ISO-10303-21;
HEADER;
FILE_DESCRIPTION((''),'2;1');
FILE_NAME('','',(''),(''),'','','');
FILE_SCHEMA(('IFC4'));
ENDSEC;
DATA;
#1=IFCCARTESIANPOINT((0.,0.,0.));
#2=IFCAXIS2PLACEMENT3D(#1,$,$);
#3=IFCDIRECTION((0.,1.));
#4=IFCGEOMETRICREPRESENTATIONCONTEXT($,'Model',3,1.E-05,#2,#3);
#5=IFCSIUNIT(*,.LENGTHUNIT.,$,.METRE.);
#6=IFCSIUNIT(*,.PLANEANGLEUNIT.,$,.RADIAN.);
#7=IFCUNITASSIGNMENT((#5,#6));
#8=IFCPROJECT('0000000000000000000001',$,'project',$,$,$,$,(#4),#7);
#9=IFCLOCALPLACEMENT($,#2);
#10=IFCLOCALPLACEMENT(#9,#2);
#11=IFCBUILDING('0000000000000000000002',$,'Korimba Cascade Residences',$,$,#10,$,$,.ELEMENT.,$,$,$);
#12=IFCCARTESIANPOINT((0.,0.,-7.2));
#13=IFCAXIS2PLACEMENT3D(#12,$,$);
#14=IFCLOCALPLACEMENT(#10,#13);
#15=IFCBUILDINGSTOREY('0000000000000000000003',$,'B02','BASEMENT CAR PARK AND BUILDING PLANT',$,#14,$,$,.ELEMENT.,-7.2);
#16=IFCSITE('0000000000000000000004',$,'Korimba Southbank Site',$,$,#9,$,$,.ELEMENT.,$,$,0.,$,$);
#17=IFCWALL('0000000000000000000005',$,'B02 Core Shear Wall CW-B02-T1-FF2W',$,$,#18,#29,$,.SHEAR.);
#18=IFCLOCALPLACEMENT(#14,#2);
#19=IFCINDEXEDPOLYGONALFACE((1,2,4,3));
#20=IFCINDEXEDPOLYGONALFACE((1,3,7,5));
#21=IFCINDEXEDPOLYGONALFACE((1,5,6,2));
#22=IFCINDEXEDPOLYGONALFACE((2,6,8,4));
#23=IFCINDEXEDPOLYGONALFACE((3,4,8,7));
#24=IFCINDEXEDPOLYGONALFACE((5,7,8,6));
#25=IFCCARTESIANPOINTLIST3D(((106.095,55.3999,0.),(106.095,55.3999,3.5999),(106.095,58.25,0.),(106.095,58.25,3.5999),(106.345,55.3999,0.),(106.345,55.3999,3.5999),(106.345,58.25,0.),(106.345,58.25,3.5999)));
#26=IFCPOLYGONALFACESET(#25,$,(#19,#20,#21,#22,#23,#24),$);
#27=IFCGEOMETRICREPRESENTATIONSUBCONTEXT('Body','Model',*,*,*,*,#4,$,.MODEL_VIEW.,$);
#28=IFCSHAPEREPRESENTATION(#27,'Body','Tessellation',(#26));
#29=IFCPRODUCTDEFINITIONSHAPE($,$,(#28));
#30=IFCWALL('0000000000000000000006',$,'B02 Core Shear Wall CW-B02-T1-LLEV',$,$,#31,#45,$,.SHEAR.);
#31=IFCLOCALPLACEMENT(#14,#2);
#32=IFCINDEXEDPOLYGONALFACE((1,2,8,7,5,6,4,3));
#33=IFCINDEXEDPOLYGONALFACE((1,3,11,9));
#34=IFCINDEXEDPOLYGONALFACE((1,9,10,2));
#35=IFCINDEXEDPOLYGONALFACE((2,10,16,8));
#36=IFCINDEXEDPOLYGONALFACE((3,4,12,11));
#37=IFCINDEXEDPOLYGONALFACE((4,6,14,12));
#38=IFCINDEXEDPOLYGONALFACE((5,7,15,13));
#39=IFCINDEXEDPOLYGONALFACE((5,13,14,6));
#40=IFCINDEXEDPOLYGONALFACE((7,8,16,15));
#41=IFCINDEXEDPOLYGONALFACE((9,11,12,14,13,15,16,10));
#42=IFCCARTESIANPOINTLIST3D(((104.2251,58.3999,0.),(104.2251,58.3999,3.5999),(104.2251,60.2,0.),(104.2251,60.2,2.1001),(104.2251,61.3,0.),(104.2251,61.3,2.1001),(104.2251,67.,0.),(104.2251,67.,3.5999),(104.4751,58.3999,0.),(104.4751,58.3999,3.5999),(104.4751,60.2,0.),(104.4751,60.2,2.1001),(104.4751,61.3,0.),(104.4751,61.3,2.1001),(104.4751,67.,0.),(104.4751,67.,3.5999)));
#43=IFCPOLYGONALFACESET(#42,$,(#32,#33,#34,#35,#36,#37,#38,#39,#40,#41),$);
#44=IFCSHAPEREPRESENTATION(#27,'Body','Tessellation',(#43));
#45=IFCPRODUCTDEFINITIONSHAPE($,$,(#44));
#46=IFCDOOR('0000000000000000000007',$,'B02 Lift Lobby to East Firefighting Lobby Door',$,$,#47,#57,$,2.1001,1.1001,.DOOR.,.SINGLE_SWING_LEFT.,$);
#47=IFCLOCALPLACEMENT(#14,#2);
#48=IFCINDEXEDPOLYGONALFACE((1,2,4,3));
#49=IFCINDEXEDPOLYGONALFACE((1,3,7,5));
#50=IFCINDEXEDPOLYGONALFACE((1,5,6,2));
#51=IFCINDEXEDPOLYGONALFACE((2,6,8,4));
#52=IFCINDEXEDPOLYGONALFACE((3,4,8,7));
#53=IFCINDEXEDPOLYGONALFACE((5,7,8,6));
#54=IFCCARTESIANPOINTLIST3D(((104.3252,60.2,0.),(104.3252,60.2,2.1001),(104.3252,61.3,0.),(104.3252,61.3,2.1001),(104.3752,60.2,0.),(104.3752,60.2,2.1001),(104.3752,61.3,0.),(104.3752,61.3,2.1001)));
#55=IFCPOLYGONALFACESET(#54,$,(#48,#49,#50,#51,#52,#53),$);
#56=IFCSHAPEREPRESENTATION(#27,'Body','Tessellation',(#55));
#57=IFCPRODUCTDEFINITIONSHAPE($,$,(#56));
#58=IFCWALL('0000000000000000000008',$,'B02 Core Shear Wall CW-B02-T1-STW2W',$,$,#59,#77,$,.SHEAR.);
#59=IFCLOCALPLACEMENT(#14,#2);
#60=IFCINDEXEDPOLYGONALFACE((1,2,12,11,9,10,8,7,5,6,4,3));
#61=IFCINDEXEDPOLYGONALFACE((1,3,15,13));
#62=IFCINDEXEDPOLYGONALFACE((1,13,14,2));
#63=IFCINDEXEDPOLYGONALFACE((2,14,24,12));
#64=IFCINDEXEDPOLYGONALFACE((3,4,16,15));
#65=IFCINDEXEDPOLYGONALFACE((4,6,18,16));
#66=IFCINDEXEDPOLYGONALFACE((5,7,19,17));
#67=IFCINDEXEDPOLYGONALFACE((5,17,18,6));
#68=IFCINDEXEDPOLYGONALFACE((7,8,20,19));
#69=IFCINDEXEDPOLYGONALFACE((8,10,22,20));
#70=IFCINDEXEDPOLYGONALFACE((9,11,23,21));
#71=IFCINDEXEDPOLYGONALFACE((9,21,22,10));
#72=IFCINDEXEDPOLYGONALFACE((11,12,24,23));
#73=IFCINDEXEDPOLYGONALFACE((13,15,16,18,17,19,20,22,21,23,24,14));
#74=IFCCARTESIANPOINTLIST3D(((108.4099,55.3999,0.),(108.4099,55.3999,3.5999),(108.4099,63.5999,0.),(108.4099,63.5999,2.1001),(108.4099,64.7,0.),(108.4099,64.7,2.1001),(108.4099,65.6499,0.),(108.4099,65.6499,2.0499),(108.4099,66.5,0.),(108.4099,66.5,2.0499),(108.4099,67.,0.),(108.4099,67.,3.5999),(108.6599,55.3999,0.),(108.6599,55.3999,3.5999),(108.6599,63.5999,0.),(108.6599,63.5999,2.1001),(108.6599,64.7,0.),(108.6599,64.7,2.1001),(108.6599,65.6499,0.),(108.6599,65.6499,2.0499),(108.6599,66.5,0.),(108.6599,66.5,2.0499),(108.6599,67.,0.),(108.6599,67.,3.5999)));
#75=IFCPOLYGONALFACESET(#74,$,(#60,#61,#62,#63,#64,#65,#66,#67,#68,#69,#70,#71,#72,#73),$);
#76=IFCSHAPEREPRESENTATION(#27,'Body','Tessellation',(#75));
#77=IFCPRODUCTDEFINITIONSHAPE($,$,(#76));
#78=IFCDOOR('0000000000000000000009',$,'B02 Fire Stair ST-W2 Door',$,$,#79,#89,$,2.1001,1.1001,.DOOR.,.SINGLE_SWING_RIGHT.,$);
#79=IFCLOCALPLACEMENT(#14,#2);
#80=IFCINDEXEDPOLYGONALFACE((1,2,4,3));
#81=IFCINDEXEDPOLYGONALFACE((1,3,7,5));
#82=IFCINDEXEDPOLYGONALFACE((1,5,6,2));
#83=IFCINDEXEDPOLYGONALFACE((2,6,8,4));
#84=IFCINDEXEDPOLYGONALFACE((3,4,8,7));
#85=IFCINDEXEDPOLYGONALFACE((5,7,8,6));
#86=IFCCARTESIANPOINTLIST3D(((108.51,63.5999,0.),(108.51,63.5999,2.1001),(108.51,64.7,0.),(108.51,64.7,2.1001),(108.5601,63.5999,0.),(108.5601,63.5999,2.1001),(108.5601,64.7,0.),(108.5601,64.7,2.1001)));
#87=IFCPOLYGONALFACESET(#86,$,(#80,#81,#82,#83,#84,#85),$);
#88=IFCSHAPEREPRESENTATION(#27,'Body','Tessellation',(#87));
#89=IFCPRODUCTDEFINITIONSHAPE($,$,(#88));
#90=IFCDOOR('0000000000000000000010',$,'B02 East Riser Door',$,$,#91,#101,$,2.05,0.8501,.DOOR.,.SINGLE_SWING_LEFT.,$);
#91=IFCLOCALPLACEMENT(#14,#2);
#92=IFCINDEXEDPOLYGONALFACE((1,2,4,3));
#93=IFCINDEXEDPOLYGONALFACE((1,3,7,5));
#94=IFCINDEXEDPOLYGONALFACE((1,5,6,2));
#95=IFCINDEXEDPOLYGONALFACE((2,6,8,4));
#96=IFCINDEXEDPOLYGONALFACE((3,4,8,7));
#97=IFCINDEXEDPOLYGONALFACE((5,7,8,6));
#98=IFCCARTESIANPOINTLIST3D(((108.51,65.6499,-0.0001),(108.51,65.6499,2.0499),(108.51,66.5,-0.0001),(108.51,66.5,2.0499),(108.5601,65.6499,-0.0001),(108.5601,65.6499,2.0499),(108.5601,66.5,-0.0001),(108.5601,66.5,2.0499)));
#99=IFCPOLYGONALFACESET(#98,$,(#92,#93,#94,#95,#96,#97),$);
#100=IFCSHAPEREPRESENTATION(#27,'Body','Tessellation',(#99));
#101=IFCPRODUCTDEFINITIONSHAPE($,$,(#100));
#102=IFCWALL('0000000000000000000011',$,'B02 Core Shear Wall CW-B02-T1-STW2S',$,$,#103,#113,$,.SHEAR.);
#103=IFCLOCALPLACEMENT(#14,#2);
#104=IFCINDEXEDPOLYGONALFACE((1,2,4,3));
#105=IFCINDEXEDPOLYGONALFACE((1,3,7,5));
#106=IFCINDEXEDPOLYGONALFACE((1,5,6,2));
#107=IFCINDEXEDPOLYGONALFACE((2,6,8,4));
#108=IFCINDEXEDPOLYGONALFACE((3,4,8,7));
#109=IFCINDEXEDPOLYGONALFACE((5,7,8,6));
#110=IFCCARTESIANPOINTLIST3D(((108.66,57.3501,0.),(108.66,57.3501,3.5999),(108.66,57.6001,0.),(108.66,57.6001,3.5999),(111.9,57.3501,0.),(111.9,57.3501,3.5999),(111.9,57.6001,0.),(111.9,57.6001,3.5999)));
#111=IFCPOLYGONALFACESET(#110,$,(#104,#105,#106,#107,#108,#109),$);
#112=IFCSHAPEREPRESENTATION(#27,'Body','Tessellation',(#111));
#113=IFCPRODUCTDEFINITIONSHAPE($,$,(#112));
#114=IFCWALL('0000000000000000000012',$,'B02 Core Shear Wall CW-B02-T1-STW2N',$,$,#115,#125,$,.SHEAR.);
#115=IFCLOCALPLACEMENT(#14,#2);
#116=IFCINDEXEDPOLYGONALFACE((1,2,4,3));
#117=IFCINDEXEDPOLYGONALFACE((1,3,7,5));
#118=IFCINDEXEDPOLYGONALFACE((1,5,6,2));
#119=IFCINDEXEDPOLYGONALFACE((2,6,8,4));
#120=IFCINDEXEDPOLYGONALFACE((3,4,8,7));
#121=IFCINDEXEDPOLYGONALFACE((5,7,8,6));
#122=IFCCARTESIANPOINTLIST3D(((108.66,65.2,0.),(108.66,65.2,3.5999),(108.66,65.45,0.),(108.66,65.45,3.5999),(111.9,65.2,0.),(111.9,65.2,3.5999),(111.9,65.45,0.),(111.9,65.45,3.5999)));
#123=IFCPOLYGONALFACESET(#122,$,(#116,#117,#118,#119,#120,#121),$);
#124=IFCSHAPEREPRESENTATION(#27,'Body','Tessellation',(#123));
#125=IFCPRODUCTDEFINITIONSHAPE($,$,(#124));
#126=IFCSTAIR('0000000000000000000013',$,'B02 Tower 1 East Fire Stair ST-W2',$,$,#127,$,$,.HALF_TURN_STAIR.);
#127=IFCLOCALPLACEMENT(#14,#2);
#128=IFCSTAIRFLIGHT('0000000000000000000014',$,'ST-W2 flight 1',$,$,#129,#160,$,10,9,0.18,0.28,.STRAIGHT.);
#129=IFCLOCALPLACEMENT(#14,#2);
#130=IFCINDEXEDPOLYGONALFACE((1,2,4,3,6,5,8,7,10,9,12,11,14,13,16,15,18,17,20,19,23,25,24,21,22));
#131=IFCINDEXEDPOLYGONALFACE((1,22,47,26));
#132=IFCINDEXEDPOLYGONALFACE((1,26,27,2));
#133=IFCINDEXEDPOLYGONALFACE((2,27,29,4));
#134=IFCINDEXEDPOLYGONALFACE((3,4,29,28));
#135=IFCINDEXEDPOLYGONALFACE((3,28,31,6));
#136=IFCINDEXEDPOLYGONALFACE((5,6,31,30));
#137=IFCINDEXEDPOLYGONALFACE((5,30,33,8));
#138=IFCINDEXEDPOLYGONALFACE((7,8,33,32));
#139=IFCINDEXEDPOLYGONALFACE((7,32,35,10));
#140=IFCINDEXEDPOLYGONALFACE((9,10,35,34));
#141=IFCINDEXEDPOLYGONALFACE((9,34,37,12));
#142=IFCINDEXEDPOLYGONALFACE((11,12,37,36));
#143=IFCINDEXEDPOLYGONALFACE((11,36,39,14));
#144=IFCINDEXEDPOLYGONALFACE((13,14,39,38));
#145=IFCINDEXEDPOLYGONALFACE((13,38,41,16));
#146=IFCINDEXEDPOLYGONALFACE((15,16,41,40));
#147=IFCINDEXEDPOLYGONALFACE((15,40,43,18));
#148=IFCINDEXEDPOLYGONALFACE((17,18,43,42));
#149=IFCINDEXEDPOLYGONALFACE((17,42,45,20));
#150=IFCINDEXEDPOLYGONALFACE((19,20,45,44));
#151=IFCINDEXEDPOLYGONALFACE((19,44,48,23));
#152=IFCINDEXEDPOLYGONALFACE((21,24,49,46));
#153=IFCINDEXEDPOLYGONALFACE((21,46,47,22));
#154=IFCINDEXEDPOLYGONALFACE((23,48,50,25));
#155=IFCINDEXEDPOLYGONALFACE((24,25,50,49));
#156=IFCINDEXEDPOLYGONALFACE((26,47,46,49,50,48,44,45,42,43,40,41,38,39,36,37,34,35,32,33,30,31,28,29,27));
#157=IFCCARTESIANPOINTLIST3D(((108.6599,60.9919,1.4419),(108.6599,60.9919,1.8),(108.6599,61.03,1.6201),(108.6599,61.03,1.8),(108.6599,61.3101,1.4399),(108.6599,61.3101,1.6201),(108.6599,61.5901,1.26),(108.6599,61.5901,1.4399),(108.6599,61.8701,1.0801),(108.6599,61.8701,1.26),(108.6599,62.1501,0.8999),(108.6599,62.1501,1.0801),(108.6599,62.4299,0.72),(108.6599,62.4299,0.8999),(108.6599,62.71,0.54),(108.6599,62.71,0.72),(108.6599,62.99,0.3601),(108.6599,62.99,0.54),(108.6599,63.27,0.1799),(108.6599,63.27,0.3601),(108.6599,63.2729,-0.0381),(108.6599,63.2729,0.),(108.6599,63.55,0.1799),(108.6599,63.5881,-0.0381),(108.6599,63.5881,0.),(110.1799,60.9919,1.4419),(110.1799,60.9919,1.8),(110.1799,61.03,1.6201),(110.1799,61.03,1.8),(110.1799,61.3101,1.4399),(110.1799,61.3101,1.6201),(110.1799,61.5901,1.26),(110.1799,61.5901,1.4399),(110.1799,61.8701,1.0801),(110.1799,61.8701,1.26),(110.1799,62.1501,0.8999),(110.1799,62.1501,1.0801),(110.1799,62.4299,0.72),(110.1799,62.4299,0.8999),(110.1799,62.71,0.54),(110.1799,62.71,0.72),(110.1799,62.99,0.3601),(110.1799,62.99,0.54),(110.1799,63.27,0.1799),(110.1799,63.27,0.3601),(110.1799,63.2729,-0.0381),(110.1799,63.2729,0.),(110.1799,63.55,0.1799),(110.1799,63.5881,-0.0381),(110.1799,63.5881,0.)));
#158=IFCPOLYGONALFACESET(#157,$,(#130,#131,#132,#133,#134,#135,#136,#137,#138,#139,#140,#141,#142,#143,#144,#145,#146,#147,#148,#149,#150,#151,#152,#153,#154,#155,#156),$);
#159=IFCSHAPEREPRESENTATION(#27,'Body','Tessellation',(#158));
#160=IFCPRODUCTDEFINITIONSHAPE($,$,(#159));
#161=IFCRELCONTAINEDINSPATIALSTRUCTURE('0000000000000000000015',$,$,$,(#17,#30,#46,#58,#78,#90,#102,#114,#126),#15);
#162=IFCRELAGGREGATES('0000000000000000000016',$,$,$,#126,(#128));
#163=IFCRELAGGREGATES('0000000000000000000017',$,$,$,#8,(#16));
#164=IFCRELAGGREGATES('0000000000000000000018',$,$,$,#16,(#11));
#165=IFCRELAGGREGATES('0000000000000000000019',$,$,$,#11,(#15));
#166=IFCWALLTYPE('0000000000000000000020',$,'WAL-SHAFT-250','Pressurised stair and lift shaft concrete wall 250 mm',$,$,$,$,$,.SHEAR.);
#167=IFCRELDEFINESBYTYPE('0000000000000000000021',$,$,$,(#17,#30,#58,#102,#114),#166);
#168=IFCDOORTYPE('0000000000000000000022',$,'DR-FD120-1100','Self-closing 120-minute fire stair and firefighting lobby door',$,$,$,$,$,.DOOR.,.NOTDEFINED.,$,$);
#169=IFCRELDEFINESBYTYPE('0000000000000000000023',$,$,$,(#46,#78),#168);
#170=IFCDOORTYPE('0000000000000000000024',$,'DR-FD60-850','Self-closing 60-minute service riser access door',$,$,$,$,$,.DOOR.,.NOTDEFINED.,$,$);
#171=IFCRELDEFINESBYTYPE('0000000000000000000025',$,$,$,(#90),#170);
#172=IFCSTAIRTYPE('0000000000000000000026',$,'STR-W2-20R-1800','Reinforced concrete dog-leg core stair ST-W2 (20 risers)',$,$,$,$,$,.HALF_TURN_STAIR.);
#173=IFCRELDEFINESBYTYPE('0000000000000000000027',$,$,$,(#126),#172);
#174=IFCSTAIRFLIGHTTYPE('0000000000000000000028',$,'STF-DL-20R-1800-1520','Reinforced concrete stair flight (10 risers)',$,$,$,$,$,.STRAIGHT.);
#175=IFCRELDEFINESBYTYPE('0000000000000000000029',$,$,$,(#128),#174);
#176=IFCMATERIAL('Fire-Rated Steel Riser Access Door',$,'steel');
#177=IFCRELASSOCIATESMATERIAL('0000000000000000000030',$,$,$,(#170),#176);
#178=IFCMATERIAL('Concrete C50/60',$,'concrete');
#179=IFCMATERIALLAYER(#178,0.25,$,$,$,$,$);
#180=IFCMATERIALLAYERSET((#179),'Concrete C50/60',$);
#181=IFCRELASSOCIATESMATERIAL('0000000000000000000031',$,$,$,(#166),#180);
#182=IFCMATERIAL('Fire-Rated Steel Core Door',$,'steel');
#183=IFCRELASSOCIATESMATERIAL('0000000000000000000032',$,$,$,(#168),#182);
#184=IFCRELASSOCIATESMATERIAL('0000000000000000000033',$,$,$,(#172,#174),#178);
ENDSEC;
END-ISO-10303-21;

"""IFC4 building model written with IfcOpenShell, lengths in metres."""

from ifc_helpers import new_model, si_unit, direction, frame, frame_2d, origin, place, context, subcontext, project, spatial, polyline, rectangle, outline, extrude, material, layer, layer_set, type_object, element, fill, aggregate, save


model = new_model("IFC4")

# Units and contexts
model_context = context("Model", 3, precision=1e-05, world=origin(), true_north=direction((0.0, 1.0)))
body_context = subcontext(model_context, "Body", "Model", "MODEL_VIEW")
ifc_project = project(units=[si_unit("LENGTHUNIT", "METRE"), si_unit("PLANEANGLEUNIT", "RADIAN")], contexts=[model_context])

# Site, building, storey
site_placement = place(None, origin())
site = spatial("IfcSite", under=ifc_project, at=site_placement, Name="Korimba Southbank Site", CompositionType="ELEMENT", RefElevation=0.0)
building_placement = place(site_placement, origin())
building = spatial("IfcBuilding", under=site, at=building_placement, Name="Korimba Cascade Residences", CompositionType="ELEMENT")
storey_placement = place(building_placement, frame((0.0, 0.0, -7.2)))
storey = spatial("IfcBuildingStorey", under=building, at=storey_placement, Name="B02", Description="BASEMENT CAR PARK AND BUILDING PLANT", CompositionType="ELEMENT", Elevation=-7.2)

# Shared definitions
ifc_material_1 = material(Name="Concrete C50/60", Category="concrete")

# Shared definitions
ifc_material_2 = material(Name="Fire-Rated Steel Riser Access Door", Category="steel")
door_type_1 = type_object("IfcDoorType", Name="DR-FD60-850", Description="Self-closing 60-minute service riser access door", OperationType="NOTDEFINED", PredefinedType="DOOR", material=ifc_material_2)

# Wall
ifc_layer_1 = layer(ifc_material_1, 0.25)
ifc_layer_set_1 = layer_set([ifc_layer_1], Name="Concrete C50/60")
wall_type_1 = type_object("IfcWallType", Name="WAL-SHAFT-250", Description="Pressurised stair and lift shaft concrete wall 250 mm", PredefinedType="SHEAR", material=ifc_layer_set_1)
wall_1_placement = place(storey_placement, frame((106.22, 55.3999, 0.0), z_axis=(0.0, 0.0, 1.0), x_axis=(0.0, 1.0, 0.0)))
element("IfcWall", 1, at=wall_1_placement, inside=storey, type_object=wall_type_1, Name="B02 Core Shear Wall CW-B02-T1-FF2W", PredefinedType="SHEAR", context=body_context, shape_type="SweptSolid", body=[
    extrude(rectangle(XDim=2.8501, YDim=0.25, at=frame_2d((1.425, 0.0))), origin(), (0.0, 0.0, 1.0), 3.5999),
])

# Wall, opening, door
wall_2_placement = place(storey_placement, frame((104.3501, 58.3999, 0.0), z_axis=(0.0, 0.0, 1.0), x_axis=(0.0, 1.0, 0.0)))
wall_2 = element("IfcWall", 2, at=wall_2_placement, inside=storey, type_object=wall_type_1, Name="B02 Core Shear Wall CW-B02-T1-LLEV", PredefinedType="SHEAR", context=body_context, shape_type="SweptSolid", body=[
    extrude(rectangle(XDim=8.6001, YDim=0.25, at=frame_2d((4.3, 0.0))), origin(), (0.0, 0.0, 1.0), 3.5999),
])
opening_1_placement = place(wall_2_placement, frame((1.8, 0.0, 0.0)))
opening_1 = element("IfcOpeningElement", 3, at=opening_1_placement, cuts=wall_2, PredefinedType="OPENING", context=body_context, shape_type="SweptSolid", body=[
    extrude(rectangle(XDim=1.1001, YDim=2.1001, at=frame_2d((0.55, 1.05))), frame((0.0, 0.135, 0.0), z_axis=(0.0, -1.0, 0.0), x_axis=(1.0, 0.0, 0.0)), (0.0, 0.0, 1.0), 0.27),
])
ifc_material_3 = material(Name="Fire-Rated Steel Core Door", Category="steel")
door_type_2 = type_object("IfcDoorType", Name="DR-FD120-1100", Description="Self-closing 120-minute fire stair and firefighting lobby door", OperationType="NOTDEFINED", PredefinedType="DOOR", material=ifc_material_3)
door_1_placement = place(opening_1_placement, origin())
door_1 = element("IfcDoor", 4, at=door_1_placement, inside=storey, type_object=door_type_2, Name="B02 Lift Lobby to East Firefighting Lobby Door", OperationType="SINGLE_SWING_LEFT", OverallHeight=2.1001, OverallWidth=1.1001, PredefinedType="DOOR", context=body_context, shape_type="SweptSolid", body=[
    extrude(rectangle(XDim=1.1001, YDim=2.1001, at=frame_2d((0.55, 1.05))), frame((0.0, 0.0249, 0.0), z_axis=(0.0, -1.0, 0.0), x_axis=(1.0, 0.0, 0.0)), (0.0, 0.0, 1.0), 0.05),
])
fill(opening_1, door_1)

# Wall, openings, doors
wall_3_placement = place(storey_placement, frame((108.5349, 55.3999, 0.0), z_axis=(0.0, 0.0, 1.0), x_axis=(0.0, 1.0, 0.0)))
wall_3 = element("IfcWall", 5, at=wall_3_placement, inside=storey, type_object=wall_type_1, Name="B02 Core Shear Wall CW-B02-T1-STW2W", PredefinedType="SHEAR", context=body_context, shape_type="SweptSolid", body=[
    extrude(rectangle(XDim=11.6001, YDim=0.25, at=frame_2d((5.8, 0.0))), origin(), (0.0, 0.0, 1.0), 3.5999),
])
opening_2_placement = place(wall_3_placement, frame((8.2, 0.0, 0.0)))
opening_2 = element("IfcOpeningElement", 6, at=opening_2_placement, cuts=wall_3, PredefinedType="OPENING", context=body_context, shape_type="SweptSolid", body=[
    extrude(rectangle(XDim=1.1001, YDim=2.1001, at=frame_2d((0.55, 1.05))), frame((0.0, 0.135, 0.0), z_axis=(0.0, -1.0, 0.0), x_axis=(1.0, 0.0, 0.0)), (0.0, 0.0, 1.0), 0.27),
])
opening_3_placement = place(wall_3_placement, frame((10.25, 0.0, 0.0)))
opening_3 = element("IfcOpeningElement", 7, at=opening_3_placement, cuts=wall_3, PredefinedType="OPENING", context=body_context, shape_type="SweptSolid", body=[
    extrude(rectangle(XDim=0.8501, YDim=2.05, at=frame_2d((0.425, 1.0249))), frame((0.0, 0.135, 0.0), z_axis=(0.0, -1.0, 0.0), x_axis=(1.0, 0.0, 0.0)), (0.0, 0.0, 1.0), 0.27),
])
door_2_placement = place(opening_2_placement, origin())
door_2 = element("IfcDoor", 8, at=door_2_placement, inside=storey, type_object=door_type_2, Name="B02 Fire Stair ST-W2 Door", OperationType="SINGLE_SWING_RIGHT", OverallHeight=2.1001, OverallWidth=1.1001, PredefinedType="DOOR", context=body_context, shape_type="SweptSolid", body=[
    extrude(rectangle(XDim=1.1001, YDim=2.1001, at=frame_2d((0.55, 1.05))), frame((0.0, 0.0249, 0.0), z_axis=(0.0, -1.0, 0.0), x_axis=(1.0, 0.0, 0.0)), (0.0, 0.0, 1.0), 0.05),
])
fill(opening_2, door_2)
door_3_placement = place(opening_3_placement, origin())
door_3 = element("IfcDoor", 9, at=door_3_placement, inside=storey, type_object=door_type_1, Name="B02 East Riser Door", OperationType="SINGLE_SWING_LEFT", OverallHeight=2.05, OverallWidth=0.8501, PredefinedType="DOOR", context=body_context, shape_type="SweptSolid", body=[
    extrude(rectangle(XDim=0.8501, YDim=2.05, at=frame_2d((0.425, 1.0249))), frame((0.0, 0.0249, 0.0), z_axis=(0.0, -1.0, 0.0), x_axis=(1.0, 0.0, 0.0)), (0.0, 0.0, 1.0), 0.05),
])
fill(opening_3, door_3)

# Walls
for number, where, z_axis, x_axis, name in (
    (10, (108.6599, 57.4751, 0.0), (0.0, 0.0, 1.0), (1.0, 0.0, 0.0), "B02 Core Shear Wall CW-B02-T1-STW2S"),
    (11, (108.6599, 65.325, 0.0), (0.0, 0.0, 1.0), (1.0, 0.0, 0.0), "B02 Core Shear Wall CW-B02-T1-STW2N"),
):
    element("IfcWall", number, at=place(storey_placement, frame(where, z_axis=z_axis, x_axis=x_axis)), inside=storey, type_object=wall_type_1, Name=name, PredefinedType="SHEAR", context=body_context, shape_type="SweptSolid", body=[
        extrude(rectangle(XDim=3.24, YDim=0.25, at=frame_2d((1.6201, 0.0))), origin(), (0.0, 0.0, 1.0), 3.5999),
    ])

# Stair, stair flight
stair_type = type_object("IfcStairType", Name="STR-W2-20R-1800", Description="Reinforced concrete dog-leg core stair ST-W2 (20 risers)", PredefinedType="HALF_TURN_STAIR", material=ifc_material_1)
stair_placement = place(storey_placement, origin())
stair = element("IfcStair", 12, at=stair_placement, inside=storey, type_object=stair_type, Name="B02 Tower 1 East Fire Stair ST-W2", PredefinedType="HALF_TURN_STAIR")
stair_flight_type = type_object("IfcStairFlightType", Name="STF-DL-20R-1800-1520", Description="Reinforced concrete stair flight (10 risers)", PredefinedType="STRAIGHT", material=ifc_material_1)
stair_flight_placement = place(storey_placement, frame((109.4199, 63.55, 0.0), z_axis=(0.0, 0.0, 1.0), x_axis=(0.0, -1.0, 0.0)))
stair_flight = element("IfcStairFlight", 13, at=stair_flight_placement, type_object=stair_flight_type, Name="ST-W2 flight 1", NumberOfRisers=10, NumberOfTreads=9, PredefinedType="STRAIGHT", RiserHeight=0.18, TreadLength=0.28, context=body_context, shape_type="SweptSolid", body=[
    extrude(outline(polyline([(-0.0381, 0.0), (0.0, 0.1799), (0.28, 0.1799), (0.28, 0.3601), (0.5601, 0.3601), (0.5601, 0.54), (0.8401, 0.54), (0.8401, 0.72), (1.1201, 0.72), (1.1201, 0.8999), (1.3999, 0.8999), (1.3999, 1.0801), (1.6799, 1.0801), (1.6799, 1.26), (1.96, 1.26), (1.96, 1.4399), (2.24, 1.4399), (2.24, 1.6201), (2.52, 1.6201), (2.52, 1.8), (2.5581, 1.8), (2.5581, 1.4419), (0.2771, 0.0), (0.2771, -0.0381), (-0.0381, -0.0381), (-0.0381, 0.0)])), frame((0.0, 0.76, 0.0), z_axis=(0.0, -1.0, 0.0), x_axis=(1.0, 0.0, 0.0)), (0.0, 0.0, 1.0), 1.52),
])
aggregate(stair, [stair_flight])

save(model, "model.ifc")
